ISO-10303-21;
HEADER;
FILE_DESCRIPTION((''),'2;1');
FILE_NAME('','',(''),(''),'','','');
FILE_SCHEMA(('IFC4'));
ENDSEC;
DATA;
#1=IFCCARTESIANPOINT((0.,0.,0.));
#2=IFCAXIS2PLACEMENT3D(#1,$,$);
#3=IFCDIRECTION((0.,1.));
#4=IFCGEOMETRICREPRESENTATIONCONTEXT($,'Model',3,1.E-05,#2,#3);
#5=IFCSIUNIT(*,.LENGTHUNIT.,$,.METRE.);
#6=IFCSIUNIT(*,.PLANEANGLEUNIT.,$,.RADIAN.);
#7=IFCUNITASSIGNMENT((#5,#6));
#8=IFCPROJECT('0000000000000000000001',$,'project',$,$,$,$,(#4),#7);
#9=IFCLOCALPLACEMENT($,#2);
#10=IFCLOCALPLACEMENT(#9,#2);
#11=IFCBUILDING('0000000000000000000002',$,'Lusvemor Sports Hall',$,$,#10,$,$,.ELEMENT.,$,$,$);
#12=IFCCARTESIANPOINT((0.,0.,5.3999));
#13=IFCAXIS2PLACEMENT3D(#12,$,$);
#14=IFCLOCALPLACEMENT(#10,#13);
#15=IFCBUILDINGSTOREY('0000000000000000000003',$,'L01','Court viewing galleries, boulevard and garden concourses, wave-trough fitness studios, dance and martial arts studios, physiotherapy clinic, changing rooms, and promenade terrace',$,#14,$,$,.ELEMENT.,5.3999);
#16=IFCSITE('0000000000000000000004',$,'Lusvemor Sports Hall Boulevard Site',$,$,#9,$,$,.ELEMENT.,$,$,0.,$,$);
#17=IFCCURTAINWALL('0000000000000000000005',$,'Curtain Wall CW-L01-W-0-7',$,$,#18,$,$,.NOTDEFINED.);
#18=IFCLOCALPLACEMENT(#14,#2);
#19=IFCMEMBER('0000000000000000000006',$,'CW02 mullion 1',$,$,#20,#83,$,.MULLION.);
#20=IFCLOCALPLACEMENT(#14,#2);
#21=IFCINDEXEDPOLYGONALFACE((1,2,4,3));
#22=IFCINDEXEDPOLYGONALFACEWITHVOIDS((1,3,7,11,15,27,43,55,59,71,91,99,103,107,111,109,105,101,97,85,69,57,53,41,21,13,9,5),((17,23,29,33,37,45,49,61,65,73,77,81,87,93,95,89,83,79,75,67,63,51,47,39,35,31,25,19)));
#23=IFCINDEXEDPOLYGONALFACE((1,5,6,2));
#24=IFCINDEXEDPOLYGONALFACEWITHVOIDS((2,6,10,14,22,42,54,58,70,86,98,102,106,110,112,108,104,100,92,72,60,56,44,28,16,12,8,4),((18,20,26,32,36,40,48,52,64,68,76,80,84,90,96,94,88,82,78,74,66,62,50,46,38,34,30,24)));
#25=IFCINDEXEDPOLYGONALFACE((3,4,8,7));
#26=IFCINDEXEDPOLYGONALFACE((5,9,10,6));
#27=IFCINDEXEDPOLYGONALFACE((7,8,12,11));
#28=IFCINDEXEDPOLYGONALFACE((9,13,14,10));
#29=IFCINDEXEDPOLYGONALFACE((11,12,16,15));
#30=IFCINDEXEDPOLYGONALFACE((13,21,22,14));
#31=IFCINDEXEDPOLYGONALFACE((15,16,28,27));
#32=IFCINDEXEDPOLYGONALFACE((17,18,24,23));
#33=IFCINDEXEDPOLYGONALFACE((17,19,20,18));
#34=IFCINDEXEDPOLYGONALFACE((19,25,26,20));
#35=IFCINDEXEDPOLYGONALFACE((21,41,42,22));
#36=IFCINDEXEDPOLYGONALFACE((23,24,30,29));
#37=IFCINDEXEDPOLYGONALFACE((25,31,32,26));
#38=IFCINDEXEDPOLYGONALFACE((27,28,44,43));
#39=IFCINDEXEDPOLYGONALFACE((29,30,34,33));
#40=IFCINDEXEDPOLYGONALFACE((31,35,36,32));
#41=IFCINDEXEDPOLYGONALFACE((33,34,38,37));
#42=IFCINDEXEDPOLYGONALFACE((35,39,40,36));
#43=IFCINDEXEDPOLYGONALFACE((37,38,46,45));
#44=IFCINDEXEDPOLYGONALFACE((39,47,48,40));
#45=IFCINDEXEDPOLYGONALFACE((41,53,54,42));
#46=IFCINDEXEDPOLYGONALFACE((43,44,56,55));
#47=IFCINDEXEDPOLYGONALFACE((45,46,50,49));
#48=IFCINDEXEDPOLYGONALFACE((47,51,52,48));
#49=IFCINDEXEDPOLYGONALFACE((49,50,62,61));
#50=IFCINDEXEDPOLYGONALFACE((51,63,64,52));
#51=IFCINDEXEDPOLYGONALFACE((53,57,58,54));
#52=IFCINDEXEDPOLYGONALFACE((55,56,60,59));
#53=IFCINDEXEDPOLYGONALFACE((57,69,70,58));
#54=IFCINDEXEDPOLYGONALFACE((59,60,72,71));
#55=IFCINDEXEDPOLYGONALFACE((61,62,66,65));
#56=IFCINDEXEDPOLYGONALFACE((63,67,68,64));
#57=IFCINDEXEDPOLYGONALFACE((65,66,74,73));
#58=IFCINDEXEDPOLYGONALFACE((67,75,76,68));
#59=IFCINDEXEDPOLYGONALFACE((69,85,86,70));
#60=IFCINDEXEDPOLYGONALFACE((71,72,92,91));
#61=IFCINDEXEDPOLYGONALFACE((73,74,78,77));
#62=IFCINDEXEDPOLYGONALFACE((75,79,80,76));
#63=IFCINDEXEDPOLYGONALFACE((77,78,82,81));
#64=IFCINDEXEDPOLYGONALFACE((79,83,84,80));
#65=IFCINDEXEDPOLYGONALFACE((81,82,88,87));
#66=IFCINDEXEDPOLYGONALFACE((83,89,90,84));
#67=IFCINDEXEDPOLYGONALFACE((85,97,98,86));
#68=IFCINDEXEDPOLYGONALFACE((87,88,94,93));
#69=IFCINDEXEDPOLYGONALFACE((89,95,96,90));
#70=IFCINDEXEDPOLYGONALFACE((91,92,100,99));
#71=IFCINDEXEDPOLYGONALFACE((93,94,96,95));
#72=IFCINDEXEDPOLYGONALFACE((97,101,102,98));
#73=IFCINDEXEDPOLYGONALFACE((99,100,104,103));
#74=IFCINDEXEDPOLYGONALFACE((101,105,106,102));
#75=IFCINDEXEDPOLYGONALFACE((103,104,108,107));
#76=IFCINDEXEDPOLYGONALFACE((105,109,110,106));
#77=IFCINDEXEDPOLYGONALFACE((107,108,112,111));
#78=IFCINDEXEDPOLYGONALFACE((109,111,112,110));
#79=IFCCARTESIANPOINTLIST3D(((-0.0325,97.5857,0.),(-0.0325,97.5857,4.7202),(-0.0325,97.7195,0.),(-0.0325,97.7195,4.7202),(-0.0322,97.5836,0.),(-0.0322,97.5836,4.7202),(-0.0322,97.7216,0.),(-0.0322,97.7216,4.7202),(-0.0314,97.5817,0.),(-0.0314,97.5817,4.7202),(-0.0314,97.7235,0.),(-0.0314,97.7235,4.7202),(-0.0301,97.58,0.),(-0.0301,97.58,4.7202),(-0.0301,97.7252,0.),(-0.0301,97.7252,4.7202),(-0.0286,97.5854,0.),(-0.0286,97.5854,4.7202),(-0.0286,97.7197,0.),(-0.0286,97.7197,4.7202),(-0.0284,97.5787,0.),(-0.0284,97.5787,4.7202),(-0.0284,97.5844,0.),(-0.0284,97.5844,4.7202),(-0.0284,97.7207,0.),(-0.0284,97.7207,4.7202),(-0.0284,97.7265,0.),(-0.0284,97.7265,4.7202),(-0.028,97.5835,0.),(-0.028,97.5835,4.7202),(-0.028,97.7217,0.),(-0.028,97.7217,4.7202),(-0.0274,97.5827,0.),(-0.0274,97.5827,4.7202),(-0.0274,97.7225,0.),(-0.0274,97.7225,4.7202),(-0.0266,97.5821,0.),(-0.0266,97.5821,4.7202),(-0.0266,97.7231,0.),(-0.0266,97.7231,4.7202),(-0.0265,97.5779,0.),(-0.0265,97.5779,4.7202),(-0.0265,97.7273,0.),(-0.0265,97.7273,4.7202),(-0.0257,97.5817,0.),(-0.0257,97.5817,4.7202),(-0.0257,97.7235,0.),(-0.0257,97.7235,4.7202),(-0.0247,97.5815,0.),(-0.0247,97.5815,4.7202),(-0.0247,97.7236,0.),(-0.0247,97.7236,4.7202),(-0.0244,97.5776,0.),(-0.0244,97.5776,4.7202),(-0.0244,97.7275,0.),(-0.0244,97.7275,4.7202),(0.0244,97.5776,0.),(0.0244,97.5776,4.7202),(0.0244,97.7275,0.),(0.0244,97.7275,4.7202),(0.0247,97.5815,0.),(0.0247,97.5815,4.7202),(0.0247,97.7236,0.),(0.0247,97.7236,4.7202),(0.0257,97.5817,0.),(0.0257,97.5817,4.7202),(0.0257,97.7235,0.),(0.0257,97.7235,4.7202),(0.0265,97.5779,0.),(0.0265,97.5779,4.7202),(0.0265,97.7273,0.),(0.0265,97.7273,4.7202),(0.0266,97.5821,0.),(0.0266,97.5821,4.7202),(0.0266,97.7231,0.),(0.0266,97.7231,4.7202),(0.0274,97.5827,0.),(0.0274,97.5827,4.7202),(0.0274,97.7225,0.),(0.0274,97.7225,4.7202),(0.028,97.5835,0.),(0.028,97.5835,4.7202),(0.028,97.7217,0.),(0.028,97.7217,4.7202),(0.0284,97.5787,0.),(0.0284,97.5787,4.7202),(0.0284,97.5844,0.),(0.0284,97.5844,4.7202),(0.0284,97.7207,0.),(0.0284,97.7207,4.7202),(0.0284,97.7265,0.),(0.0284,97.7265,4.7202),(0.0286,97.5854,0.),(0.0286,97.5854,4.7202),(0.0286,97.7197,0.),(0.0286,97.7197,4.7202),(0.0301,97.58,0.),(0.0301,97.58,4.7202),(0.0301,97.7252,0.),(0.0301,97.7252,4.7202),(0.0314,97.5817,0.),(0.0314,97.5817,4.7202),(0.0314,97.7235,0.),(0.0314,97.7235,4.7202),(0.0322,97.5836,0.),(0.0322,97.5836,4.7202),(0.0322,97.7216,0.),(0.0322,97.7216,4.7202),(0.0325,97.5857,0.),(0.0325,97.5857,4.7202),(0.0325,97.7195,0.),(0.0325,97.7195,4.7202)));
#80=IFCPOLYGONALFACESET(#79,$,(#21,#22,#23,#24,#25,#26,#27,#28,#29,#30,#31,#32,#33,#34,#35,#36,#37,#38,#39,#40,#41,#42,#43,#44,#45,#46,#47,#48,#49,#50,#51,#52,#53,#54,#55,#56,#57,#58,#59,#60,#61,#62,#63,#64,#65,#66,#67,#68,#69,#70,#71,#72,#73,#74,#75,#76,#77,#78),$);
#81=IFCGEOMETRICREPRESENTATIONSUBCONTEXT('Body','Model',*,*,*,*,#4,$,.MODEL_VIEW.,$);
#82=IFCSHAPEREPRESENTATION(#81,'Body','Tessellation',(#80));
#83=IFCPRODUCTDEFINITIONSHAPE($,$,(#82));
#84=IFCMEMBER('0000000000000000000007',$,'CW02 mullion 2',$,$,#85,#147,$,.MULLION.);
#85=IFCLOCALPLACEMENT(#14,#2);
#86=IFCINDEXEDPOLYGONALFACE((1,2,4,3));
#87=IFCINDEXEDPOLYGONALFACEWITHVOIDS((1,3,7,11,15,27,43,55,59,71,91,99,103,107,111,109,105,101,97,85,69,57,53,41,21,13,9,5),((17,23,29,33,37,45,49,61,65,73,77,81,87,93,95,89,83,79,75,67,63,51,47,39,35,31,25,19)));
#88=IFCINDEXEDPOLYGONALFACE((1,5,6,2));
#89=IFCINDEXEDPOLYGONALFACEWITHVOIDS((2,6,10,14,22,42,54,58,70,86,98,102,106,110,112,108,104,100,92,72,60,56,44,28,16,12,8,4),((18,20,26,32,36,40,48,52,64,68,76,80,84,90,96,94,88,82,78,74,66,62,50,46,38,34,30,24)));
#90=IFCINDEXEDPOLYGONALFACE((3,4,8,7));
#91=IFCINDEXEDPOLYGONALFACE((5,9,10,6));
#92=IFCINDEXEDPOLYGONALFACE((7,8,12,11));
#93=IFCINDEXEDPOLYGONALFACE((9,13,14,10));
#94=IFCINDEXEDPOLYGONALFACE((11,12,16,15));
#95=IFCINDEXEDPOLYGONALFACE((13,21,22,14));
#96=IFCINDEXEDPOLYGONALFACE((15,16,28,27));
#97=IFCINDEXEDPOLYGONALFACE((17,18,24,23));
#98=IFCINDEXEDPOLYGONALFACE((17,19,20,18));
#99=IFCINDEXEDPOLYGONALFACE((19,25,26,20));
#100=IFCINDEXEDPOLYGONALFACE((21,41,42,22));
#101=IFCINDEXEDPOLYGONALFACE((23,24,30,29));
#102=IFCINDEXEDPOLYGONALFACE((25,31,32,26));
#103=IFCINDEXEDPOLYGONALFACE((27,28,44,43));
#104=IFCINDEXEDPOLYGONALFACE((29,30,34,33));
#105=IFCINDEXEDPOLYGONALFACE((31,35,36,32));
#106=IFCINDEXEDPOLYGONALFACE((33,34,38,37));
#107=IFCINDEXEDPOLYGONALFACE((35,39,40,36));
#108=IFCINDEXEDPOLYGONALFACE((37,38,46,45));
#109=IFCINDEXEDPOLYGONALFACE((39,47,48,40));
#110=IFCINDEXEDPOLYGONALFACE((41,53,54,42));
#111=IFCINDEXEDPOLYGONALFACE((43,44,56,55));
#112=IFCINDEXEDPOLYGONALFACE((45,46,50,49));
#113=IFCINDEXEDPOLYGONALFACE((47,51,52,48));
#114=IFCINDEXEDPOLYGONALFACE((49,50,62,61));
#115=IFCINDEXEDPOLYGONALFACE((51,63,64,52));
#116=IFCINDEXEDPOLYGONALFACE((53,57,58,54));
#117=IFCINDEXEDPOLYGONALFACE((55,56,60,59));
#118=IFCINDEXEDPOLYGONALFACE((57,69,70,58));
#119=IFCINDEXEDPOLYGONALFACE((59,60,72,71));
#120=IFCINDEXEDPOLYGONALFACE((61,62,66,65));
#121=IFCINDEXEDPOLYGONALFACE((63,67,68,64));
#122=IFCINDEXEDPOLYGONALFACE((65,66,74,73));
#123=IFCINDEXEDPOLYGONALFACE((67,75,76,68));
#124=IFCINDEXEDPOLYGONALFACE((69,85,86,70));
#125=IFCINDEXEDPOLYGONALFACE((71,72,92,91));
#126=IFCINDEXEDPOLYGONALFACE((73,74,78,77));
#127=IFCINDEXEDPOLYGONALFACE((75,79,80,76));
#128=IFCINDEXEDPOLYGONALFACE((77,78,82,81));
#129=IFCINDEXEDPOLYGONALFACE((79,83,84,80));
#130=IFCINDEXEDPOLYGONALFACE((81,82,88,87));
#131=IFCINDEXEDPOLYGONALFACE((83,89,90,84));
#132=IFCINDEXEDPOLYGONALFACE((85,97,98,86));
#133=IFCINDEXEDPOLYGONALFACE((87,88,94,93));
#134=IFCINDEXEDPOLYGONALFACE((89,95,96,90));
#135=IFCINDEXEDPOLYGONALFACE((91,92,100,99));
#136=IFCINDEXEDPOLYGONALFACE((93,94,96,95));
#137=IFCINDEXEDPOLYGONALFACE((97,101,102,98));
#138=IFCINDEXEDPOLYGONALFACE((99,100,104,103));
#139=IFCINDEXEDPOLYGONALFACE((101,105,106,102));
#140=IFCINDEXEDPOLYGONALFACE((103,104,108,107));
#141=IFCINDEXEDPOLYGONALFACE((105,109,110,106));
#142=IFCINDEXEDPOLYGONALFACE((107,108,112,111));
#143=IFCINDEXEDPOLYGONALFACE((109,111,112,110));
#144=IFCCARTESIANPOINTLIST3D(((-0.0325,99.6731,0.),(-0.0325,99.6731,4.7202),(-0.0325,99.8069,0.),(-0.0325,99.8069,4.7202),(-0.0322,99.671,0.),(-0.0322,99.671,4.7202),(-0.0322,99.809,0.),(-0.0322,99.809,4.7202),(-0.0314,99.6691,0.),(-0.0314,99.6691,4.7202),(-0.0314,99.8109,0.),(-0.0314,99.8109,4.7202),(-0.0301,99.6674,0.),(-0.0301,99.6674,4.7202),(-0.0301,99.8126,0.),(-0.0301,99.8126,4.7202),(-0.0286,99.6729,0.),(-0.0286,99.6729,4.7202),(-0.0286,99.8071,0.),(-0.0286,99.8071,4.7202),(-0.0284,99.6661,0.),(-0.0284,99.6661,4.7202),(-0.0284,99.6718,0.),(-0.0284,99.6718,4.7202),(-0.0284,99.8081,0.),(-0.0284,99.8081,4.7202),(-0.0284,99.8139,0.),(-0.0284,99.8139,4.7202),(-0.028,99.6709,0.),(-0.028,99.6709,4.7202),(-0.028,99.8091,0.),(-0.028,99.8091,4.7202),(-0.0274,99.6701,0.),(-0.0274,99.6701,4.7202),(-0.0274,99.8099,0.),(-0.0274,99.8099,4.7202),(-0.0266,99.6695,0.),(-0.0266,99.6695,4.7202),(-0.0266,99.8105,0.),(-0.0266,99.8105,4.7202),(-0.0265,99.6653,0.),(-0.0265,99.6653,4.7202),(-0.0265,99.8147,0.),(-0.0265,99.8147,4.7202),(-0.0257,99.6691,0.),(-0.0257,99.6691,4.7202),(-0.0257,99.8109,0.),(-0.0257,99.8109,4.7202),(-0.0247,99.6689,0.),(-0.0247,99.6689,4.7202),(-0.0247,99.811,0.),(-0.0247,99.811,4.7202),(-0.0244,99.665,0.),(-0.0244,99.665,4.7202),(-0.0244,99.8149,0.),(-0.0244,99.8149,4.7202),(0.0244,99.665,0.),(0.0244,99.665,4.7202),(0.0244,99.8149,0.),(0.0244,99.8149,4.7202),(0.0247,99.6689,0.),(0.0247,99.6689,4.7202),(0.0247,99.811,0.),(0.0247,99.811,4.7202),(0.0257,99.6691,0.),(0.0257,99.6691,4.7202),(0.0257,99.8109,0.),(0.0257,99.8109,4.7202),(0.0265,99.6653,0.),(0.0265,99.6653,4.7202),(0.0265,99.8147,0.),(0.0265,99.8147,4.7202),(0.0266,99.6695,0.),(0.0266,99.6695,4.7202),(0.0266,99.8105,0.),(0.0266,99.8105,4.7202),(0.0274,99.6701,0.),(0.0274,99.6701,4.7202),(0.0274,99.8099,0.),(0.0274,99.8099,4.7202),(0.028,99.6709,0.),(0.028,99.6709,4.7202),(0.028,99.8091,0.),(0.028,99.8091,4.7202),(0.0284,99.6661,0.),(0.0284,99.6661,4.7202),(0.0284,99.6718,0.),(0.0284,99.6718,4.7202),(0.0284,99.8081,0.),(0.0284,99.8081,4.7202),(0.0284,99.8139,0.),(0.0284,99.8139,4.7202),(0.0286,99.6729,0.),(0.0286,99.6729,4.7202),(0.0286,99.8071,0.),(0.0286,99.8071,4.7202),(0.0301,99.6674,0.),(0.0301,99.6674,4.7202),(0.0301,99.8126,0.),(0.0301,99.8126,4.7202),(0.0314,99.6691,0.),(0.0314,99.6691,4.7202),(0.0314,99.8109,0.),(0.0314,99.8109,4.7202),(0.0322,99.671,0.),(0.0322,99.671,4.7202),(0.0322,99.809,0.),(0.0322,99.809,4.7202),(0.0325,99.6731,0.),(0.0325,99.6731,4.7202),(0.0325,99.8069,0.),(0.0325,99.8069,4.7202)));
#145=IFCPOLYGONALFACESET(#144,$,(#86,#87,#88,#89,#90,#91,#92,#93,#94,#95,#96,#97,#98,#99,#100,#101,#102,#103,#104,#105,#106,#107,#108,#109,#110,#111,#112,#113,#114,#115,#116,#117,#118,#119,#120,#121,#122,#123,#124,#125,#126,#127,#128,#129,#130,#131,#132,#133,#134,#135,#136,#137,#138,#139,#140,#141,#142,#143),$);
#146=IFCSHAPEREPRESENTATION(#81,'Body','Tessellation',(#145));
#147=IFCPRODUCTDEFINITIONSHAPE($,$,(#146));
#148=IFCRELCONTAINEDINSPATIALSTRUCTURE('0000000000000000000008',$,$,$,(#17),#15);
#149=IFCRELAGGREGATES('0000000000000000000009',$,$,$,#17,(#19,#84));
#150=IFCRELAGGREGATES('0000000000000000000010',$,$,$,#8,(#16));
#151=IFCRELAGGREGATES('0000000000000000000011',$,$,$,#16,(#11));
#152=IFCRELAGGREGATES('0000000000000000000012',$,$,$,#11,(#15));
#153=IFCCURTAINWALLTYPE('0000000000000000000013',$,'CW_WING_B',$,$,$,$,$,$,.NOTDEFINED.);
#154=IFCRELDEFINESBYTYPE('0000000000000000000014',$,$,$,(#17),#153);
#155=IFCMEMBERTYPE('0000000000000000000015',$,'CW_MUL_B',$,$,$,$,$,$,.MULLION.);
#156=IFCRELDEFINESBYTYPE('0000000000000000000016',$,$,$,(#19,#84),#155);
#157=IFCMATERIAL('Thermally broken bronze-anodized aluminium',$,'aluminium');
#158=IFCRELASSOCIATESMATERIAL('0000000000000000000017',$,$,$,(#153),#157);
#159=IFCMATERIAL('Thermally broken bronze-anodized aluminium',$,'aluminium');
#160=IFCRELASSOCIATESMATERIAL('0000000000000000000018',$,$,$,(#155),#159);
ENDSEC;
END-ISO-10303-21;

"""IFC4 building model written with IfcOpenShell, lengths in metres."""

from ifc_helpers import new_model, si_unit, direction, frame, origin, origin_2d, place, context, subcontext, project, spatial, hollow_rectangle, extrude, material, material_profile, profile_set, type_object, element, aggregate, save


model = new_model("IFC4")

# Units and contexts
model_context = context("Model", 3, precision=1e-05, world=origin(), true_north=direction((0.0, 1.0)))
body_context = subcontext(model_context, "Body", "Model", "MODEL_VIEW")
ifc_project = project(units=[si_unit("LENGTHUNIT", "METRE"), si_unit("PLANEANGLEUNIT", "RADIAN")], contexts=[model_context])

# Site, building, storey
site_placement = place(None, origin())
site = spatial("IfcSite", under=ifc_project, at=site_placement, Name="Lusvemor Sports Hall Boulevard Site", CompositionType="ELEMENT", RefElevation=0.0)
building_placement = place(site_placement, origin())
building = spatial("IfcBuilding", under=site, at=building_placement, Name="Lusvemor Sports Hall", CompositionType="ELEMENT")
storey_placement = place(building_placement, frame((0.0, 0.0, 5.3999)))
storey = spatial("IfcBuildingStorey", under=building, at=storey_placement, Name="L01", Description="Court viewing galleries, boulevard and garden concourses, wave-trough fitness studios, dance and martial arts studios, physiotherapy clinic, changing rooms, and promenade terrace", CompositionType="ELEMENT", Elevation=5.3999)

# Curtain wall, members
ifc_material_1 = material(Name="Thermally broken bronze-anodized aluminium", Category="aluminium")
curtain_wall_type = type_object("IfcCurtainWallType", Name="CW_WING_B", PredefinedType="NOTDEFINED", material=ifc_material_1)
curtain_wall_placement = place(storey_placement, origin())
curtain_wall = element("IfcCurtainWall", 1, at=curtain_wall_placement, inside=storey, type_object=curtain_wall_type, Name="Curtain Wall CW-L01-W-0-7", PredefinedType="NOTDEFINED")
ifc_material_2 = material(Name="Thermally broken bronze-anodized aluminium", Category="aluminium")
ifc_material_profile_1 = material_profile(ifc_material_2, hollow_rectangle(XDim=0.0649, YDim=0.1499, WallThickness=0.0039, InnerFilletRadius=0.0039, OuterFilletRadius=0.0081, at=origin_2d()), Name="CWMUL150x65x4")
ifc_profile_set_1 = profile_set([ifc_material_profile_1], Name="Thermally broken bronze-anodized aluminium")
member_type_1 = type_object("IfcMemberType", Name="CW_MUL_B", PredefinedType="MULLION", material=ifc_profile_set_1)
member_1_placement = place(storey_placement, frame((0.0, 97.6526, 0.0), z_axis=(0.0, 0.0, 1.0), x_axis=(-1.0, 0.0, 0.0)))
member_1 = element("IfcMember", 2, at=member_1_placement, type_object=member_type_1, Name="CW02 mullion 1", PredefinedType="MULLION", context=body_context, shape_type="SweptSolid", body=[
    extrude(hollow_rectangle(XDim=0.0649, YDim=0.1499, WallThickness=0.0039, InnerFilletRadius=0.0039, OuterFilletRadius=0.0081, at=origin_2d()), origin(), (0.0, 0.0, 1.0), 4.7202),
])
member_2_placement = place(storey_placement, frame((0.0, 99.74, 0.0), z_axis=(0.0, 0.0, 1.0), x_axis=(-1.0, 0.0, 0.0)))
member_2 = element("IfcMember", 3, at=member_2_placement, type_object=member_type_1, Name="CW02 mullion 2", PredefinedType="MULLION", context=body_context, shape_type="SweptSolid", body=[
    extrude(hollow_rectangle(XDim=0.0649, YDim=0.1499, WallThickness=0.0039, InnerFilletRadius=0.0039, OuterFilletRadius=0.0081, at=origin_2d()), origin(), (0.0, 0.0, 1.0), 4.7202),
])

aggregate(curtain_wall, [member_1, member_2])

save(model, "model.ifc")
